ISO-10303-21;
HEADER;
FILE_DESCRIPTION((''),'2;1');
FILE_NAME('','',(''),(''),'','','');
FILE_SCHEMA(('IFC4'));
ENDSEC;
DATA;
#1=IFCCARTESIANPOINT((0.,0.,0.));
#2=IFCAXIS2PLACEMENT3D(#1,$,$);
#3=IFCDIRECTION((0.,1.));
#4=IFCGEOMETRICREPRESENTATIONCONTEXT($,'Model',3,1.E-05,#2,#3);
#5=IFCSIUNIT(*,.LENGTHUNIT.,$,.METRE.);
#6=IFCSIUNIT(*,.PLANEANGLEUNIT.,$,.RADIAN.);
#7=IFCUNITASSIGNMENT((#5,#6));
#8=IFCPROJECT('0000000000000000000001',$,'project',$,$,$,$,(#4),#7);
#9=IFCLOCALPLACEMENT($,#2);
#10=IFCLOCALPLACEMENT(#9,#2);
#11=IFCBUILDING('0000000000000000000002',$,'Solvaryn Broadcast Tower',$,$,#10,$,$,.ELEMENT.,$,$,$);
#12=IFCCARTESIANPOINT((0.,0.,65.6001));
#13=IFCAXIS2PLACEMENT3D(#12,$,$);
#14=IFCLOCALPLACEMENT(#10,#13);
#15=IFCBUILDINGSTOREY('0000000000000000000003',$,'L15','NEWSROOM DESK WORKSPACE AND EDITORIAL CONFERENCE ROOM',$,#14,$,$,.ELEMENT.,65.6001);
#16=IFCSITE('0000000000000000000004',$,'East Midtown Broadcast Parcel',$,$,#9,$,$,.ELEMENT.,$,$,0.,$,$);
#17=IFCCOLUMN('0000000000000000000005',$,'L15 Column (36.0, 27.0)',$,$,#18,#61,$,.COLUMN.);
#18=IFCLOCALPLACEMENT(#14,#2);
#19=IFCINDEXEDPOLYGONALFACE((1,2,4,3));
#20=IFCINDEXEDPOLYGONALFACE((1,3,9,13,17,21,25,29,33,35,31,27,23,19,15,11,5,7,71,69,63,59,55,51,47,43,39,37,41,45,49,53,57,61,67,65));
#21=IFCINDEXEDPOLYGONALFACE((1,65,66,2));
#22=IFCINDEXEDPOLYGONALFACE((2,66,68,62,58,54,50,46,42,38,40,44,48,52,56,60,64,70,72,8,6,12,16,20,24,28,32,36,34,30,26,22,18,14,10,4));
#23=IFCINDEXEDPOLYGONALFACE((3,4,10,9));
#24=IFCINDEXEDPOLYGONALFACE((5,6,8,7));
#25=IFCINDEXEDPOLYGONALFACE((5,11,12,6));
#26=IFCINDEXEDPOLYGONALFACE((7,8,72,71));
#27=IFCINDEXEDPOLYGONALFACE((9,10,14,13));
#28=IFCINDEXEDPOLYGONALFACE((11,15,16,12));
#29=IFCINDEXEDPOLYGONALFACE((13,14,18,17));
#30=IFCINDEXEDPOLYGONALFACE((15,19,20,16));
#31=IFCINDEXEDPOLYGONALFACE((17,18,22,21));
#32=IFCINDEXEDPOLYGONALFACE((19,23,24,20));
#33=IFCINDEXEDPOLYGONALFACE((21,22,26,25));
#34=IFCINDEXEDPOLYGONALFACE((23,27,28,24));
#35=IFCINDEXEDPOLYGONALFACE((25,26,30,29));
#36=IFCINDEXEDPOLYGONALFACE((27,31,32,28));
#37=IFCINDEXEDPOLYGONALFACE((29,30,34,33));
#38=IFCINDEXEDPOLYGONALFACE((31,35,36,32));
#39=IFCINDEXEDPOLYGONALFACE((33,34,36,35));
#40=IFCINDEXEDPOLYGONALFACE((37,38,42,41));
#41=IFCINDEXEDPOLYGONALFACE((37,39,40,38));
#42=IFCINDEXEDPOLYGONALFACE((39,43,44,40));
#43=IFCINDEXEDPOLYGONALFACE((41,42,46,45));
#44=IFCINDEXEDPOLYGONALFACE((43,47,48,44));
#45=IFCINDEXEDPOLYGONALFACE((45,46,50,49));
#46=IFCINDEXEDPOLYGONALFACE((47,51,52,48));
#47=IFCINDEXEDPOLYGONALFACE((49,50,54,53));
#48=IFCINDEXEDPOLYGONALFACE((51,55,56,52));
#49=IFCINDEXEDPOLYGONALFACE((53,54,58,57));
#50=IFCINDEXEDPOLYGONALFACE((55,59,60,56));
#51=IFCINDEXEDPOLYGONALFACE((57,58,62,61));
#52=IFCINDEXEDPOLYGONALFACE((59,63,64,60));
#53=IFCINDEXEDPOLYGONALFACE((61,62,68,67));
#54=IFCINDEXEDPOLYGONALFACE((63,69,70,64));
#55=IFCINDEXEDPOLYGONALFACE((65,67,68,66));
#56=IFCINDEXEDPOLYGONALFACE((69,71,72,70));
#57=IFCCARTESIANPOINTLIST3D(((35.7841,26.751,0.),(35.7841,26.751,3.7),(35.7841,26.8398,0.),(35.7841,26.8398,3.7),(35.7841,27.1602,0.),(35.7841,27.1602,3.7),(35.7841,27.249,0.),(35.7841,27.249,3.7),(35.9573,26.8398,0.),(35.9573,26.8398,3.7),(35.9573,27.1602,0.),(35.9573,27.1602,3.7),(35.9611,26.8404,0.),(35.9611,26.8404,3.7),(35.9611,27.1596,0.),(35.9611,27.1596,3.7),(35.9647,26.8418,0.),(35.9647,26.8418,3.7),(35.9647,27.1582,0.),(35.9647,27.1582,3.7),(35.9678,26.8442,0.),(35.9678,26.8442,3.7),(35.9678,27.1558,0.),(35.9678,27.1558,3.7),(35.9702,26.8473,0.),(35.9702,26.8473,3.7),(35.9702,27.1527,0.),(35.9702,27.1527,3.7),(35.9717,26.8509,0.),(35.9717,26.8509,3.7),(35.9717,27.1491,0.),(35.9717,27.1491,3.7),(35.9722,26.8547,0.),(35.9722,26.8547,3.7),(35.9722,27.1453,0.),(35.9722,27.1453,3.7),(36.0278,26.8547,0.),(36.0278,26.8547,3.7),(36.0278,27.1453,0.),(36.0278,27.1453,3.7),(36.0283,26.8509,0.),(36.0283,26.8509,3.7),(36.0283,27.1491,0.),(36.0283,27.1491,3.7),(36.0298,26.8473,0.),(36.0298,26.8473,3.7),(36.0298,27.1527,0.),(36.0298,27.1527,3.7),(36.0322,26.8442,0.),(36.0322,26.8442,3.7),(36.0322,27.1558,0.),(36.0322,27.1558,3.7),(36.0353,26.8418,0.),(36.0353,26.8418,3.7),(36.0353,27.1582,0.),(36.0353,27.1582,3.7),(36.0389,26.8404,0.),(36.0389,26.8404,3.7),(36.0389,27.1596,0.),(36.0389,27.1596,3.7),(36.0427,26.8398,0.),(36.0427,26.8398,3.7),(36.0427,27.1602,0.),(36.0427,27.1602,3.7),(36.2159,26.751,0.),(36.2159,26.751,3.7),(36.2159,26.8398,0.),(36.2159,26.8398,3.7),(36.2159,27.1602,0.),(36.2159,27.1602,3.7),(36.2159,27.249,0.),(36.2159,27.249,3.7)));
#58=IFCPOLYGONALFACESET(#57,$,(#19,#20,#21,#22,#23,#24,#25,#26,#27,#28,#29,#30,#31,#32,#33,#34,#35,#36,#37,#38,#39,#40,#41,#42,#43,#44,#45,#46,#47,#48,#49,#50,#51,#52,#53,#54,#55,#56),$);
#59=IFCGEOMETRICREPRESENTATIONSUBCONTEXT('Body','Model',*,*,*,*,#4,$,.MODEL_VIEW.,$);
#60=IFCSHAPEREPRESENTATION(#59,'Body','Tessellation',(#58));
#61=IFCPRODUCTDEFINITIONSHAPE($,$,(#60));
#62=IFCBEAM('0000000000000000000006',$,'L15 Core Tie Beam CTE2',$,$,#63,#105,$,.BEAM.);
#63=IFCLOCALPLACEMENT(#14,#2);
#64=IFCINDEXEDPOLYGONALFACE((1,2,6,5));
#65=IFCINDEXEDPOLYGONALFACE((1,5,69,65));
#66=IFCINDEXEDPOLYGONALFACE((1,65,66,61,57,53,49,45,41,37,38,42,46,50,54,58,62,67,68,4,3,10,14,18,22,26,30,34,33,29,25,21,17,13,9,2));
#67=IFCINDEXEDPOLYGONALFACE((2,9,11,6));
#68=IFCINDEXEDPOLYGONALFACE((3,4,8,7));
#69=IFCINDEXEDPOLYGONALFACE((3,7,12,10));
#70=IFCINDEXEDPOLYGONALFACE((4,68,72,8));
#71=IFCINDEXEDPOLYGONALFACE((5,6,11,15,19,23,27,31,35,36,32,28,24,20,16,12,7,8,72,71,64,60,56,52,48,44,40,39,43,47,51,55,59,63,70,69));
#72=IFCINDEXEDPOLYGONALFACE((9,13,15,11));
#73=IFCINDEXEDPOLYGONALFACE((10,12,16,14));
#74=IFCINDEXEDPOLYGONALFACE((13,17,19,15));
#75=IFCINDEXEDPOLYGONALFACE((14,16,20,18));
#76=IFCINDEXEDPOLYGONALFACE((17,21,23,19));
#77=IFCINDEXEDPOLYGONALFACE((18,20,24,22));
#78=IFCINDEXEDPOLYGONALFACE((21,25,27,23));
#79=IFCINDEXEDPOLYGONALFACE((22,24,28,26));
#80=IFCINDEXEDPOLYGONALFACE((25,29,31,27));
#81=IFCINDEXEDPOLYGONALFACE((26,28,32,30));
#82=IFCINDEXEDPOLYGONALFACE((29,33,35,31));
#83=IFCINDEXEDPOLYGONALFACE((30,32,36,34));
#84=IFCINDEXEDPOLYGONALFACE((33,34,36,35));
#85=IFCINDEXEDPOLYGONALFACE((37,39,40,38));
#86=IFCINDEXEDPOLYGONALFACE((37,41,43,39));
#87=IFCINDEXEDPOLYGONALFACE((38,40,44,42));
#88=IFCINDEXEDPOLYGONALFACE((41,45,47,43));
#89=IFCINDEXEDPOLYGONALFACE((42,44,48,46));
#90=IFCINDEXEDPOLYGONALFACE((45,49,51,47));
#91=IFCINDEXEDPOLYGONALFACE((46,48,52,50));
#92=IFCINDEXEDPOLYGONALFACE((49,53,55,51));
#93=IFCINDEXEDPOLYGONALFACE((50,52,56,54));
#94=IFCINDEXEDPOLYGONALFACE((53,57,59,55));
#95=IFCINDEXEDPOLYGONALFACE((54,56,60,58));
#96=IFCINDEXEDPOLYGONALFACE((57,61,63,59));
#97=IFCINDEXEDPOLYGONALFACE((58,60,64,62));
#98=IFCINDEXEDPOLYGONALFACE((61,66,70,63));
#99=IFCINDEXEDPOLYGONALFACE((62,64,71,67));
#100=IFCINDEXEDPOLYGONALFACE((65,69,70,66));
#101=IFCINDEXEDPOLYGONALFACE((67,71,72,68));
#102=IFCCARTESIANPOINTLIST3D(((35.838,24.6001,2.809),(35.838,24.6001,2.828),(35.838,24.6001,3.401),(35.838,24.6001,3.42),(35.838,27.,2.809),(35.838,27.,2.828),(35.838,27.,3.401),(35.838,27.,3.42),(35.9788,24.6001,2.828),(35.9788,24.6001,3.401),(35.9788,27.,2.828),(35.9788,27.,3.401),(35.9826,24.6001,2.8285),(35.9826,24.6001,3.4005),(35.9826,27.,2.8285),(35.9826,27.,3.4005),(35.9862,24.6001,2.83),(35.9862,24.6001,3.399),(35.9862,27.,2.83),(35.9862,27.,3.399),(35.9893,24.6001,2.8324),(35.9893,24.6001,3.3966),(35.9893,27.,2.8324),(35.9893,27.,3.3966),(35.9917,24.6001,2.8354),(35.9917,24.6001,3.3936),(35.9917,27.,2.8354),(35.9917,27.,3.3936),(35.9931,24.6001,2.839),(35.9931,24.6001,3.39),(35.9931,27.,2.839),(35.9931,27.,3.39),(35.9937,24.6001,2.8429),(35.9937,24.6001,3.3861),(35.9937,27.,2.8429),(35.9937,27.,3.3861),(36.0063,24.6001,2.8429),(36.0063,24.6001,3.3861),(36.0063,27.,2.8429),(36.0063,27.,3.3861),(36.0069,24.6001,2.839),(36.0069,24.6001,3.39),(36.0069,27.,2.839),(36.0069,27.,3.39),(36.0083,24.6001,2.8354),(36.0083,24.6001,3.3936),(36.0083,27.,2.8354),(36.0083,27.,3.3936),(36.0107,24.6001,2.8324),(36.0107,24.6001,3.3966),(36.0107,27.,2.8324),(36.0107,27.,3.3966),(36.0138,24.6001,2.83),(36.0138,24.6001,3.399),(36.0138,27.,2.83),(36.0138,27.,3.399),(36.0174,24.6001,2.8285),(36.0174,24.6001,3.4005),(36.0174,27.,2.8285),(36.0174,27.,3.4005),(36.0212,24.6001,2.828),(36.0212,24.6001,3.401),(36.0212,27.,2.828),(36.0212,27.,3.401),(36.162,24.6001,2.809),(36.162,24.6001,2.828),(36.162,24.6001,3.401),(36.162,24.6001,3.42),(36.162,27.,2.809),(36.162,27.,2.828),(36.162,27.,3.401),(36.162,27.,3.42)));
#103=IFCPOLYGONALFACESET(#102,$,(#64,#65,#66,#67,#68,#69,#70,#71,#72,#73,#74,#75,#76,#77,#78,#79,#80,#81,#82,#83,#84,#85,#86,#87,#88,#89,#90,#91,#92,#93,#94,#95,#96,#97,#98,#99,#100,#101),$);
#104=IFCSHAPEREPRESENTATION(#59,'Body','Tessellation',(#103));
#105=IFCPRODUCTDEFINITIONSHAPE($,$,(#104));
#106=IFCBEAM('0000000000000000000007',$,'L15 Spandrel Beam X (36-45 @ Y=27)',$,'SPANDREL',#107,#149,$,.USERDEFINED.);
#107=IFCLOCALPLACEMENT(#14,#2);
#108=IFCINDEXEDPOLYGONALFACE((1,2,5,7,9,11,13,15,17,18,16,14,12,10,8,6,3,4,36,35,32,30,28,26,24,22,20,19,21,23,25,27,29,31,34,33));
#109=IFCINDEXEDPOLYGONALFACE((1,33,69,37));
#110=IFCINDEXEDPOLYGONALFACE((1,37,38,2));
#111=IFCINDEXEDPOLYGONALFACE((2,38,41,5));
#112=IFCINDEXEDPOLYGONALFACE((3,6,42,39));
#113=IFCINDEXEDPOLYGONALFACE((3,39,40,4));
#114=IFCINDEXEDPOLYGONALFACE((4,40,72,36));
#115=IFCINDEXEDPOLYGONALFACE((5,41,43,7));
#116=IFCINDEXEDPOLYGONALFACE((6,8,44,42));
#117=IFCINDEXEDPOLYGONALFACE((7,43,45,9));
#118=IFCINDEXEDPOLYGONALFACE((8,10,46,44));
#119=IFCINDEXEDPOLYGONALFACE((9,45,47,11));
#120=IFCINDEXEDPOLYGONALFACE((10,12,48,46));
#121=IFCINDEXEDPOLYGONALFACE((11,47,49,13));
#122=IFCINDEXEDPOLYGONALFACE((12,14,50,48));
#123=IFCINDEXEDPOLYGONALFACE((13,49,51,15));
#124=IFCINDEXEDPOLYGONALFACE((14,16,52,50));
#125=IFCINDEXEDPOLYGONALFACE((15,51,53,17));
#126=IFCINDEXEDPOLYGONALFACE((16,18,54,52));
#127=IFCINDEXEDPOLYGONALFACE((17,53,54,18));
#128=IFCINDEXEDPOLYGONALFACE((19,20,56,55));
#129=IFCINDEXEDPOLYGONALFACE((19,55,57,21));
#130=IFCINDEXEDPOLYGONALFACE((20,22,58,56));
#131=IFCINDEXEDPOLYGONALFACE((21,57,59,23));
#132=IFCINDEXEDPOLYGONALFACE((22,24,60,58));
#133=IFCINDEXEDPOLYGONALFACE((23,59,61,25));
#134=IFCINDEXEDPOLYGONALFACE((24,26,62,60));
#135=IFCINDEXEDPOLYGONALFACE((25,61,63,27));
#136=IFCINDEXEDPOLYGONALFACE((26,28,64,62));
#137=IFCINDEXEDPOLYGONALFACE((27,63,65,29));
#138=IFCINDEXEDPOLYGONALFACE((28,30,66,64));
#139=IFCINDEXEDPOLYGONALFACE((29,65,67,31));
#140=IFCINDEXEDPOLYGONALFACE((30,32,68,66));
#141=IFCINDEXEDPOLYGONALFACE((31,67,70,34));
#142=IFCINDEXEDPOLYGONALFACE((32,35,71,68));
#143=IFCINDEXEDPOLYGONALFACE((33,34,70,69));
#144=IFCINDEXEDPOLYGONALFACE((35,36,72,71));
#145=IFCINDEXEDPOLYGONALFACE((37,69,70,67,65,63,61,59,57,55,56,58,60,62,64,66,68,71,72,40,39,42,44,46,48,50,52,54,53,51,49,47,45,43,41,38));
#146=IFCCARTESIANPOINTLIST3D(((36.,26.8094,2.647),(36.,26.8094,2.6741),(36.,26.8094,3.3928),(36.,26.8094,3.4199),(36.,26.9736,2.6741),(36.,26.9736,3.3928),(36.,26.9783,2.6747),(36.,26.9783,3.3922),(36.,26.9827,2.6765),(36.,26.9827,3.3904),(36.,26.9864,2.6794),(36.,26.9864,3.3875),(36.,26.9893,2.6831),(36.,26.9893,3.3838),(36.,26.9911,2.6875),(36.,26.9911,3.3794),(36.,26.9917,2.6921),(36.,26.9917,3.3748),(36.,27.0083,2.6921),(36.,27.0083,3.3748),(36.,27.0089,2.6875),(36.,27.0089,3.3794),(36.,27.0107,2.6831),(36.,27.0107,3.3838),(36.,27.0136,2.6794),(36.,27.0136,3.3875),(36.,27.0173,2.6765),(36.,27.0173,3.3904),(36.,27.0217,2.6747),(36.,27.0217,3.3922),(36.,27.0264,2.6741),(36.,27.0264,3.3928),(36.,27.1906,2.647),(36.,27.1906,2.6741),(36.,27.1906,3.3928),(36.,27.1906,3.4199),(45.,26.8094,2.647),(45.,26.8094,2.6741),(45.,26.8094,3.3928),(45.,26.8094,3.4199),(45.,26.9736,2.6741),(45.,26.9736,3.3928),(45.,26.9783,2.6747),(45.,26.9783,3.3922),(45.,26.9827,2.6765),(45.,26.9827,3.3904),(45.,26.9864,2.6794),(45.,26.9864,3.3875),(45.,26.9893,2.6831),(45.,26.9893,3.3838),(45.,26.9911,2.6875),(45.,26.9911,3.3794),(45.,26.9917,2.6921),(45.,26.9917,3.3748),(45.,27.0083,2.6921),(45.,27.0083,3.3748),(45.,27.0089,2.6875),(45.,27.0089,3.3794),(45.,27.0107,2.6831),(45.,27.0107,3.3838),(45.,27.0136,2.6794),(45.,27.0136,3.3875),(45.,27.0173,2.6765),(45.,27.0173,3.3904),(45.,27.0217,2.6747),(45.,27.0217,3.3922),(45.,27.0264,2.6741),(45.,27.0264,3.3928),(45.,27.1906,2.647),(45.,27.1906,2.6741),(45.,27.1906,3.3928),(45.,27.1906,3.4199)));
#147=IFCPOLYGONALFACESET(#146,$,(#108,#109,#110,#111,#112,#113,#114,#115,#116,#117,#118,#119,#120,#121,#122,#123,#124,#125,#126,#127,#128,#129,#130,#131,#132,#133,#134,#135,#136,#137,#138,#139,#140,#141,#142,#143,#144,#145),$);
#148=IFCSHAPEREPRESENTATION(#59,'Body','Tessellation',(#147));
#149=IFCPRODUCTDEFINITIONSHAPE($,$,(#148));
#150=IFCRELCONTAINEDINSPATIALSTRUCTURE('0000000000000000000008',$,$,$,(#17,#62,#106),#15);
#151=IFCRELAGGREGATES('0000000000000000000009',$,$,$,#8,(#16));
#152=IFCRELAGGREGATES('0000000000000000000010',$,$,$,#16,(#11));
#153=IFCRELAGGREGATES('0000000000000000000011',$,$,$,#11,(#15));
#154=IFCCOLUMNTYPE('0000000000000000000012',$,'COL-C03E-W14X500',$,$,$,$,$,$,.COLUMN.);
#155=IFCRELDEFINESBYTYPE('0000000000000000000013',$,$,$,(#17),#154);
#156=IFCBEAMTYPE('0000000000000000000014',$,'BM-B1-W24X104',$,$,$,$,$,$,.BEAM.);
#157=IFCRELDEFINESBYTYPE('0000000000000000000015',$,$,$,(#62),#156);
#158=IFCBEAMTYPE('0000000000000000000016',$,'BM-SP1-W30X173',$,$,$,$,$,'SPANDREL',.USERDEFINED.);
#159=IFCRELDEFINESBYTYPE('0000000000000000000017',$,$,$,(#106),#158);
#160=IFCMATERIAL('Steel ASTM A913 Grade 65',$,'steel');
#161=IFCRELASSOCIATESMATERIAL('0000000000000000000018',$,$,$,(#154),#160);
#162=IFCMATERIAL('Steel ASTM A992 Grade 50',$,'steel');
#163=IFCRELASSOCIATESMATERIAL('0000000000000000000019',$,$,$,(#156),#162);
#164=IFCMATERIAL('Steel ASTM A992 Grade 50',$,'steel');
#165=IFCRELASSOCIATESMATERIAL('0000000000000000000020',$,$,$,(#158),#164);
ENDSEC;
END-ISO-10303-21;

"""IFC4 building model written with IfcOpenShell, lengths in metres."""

from ifc_helpers import new_model, si_unit, direction, frame, origin, origin_2d, place, context, subcontext, project, spatial, i_section, extrude, material, material_profile, profile_set, type_object, element, save


model = new_model("IFC4")

# Units and contexts
model_context = context("Model", 3, precision=1e-05, world=origin(), true_north=direction((0.0, 1.0)))
body_context = subcontext(model_context, "Body", "Model", "MODEL_VIEW")
ifc_project = project(units=[si_unit("LENGTHUNIT", "METRE"), si_unit("PLANEANGLEUNIT", "RADIAN")], contexts=[model_context])

# Site, building, storey
site_placement = place(None, origin())
site = spatial("IfcSite", under=ifc_project, at=site_placement, Name="East Midtown Broadcast Parcel", CompositionType="ELEMENT", RefElevation=0.0)
building_placement = place(site_placement, origin())
building = spatial("IfcBuilding", under=site, at=building_placement, Name="Solvaryn Broadcast Tower", CompositionType="ELEMENT")
storey_placement = place(building_placement, frame((0.0, 0.0, 65.6001)))
storey = spatial("IfcBuildingStorey", under=building, at=storey_placement, Name="L15", Description="NEWSROOM DESK WORKSPACE AND EDITORIAL CONFERENCE ROOM", CompositionType="ELEMENT", Elevation=65.6001)

# Column
ifc_material_1 = material(Name="Steel ASTM A913 Grade 65", Category="steel")
ifc_material_profile_1 = material_profile(ifc_material_1, i_section(OverallWidth=0.4319, OverallDepth=0.498, WebThickness=0.0557, FlangeThickness=0.0889, FilletRadius=0.0149, at=origin_2d()))
ifc_profile_set_1 = profile_set([ifc_material_profile_1], Name="Steel ASTM A913 Grade 65")
column_type = type_object("IfcColumnType", Name="COL-C03E-W14X500", PredefinedType="COLUMN", material=ifc_profile_set_1)
column_placement = place(storey_placement, frame((36.0, 27.0, 0.0), z_axis=(0.0, 0.0, 1.0), x_axis=(1.0, 0.0, 0.0)))
element("IfcColumn", 1, at=column_placement, inside=storey, type_object=column_type, Name="L15 Column (36.0, 27.0)", PredefinedType="COLUMN", context=body_context, shape_type="SweptSolid", body=[
    extrude(i_section(OverallWidth=0.4319, OverallDepth=0.498, WebThickness=0.0557, FlangeThickness=0.0889, FilletRadius=0.0149, at=origin_2d()), origin(), (0.0, 0.0, 1.0), 3.7),
])

# Beams
ifc_material_2 = material(Name="Steel ASTM A992 Grade 50", Category="steel")
ifc_material_profile_2 = material_profile(ifc_material_2, i_section(OverallWidth=0.324, OverallDepth=0.6111, WebThickness=0.0127, FlangeThickness=0.019, FilletRadius=0.0149, at=origin_2d()))
ifc_profile_set_2 = profile_set([ifc_material_profile_2], Name="Steel ASTM A992 Grade 50")
beam_type_1 = type_object("IfcBeamType", Name="BM-B1-W24X104", PredefinedType="BEAM", material=ifc_profile_set_2)
beam_1_placement = place(storey_placement, frame((36.0, 24.6001, 3.1145), z_axis=(0.0, 1.0, 0.0), x_axis=(-1.0, 0.0, 0.0)))
element("IfcBeam", 2, at=beam_1_placement, inside=storey, type_object=beam_type_1, Name="L15 Core Tie Beam CTE2", PredefinedType="BEAM", context=body_context, shape_type="SweptSolid", body=[
    extrude(i_section(OverallWidth=0.324, OverallDepth=0.6111, WebThickness=0.0127, FlangeThickness=0.019, FilletRadius=0.0149, at=origin_2d()), origin(), (0.0, 0.0, 1.0), 2.3999),
])
ifc_material_3 = material(Name="Steel ASTM A992 Grade 50", Category="steel")
ifc_material_profile_3 = material_profile(ifc_material_3, i_section(OverallWidth=0.3811, OverallDepth=0.7729, WebThickness=0.0166, FlangeThickness=0.0271, FilletRadius=0.0181, at=origin_2d()))
ifc_profile_set_3 = profile_set([ifc_material_profile_3], Name="Steel ASTM A992 Grade 50")
beam_type_2 = type_object("IfcBeamType", Name="BM-SP1-W30X173", ElementType="SPANDREL", PredefinedType="USERDEFINED", material=ifc_profile_set_3)
beam_2_placement = place(storey_placement, frame((36.0, 27.0, 3.0334), z_axis=(1.0, 0.0, 0.0), x_axis=(0.0, 1.0, 0.0)))
element("IfcBeam", 3, at=beam_2_placement, inside=storey, type_object=beam_type_2, Name="L15 Spandrel Beam X (36-45 @ Y=27)", ObjectType="SPANDREL", PredefinedType="USERDEFINED", context=body_context, shape_type="SweptSolid", body=[
    extrude(i_section(OverallWidth=0.3811, OverallDepth=0.7729, WebThickness=0.0166, FlangeThickness=0.0271, FilletRadius=0.0181, at=origin_2d()), origin(), (0.0, 0.0, 1.0), 9.0),
])

save(model, "model.ifc")
